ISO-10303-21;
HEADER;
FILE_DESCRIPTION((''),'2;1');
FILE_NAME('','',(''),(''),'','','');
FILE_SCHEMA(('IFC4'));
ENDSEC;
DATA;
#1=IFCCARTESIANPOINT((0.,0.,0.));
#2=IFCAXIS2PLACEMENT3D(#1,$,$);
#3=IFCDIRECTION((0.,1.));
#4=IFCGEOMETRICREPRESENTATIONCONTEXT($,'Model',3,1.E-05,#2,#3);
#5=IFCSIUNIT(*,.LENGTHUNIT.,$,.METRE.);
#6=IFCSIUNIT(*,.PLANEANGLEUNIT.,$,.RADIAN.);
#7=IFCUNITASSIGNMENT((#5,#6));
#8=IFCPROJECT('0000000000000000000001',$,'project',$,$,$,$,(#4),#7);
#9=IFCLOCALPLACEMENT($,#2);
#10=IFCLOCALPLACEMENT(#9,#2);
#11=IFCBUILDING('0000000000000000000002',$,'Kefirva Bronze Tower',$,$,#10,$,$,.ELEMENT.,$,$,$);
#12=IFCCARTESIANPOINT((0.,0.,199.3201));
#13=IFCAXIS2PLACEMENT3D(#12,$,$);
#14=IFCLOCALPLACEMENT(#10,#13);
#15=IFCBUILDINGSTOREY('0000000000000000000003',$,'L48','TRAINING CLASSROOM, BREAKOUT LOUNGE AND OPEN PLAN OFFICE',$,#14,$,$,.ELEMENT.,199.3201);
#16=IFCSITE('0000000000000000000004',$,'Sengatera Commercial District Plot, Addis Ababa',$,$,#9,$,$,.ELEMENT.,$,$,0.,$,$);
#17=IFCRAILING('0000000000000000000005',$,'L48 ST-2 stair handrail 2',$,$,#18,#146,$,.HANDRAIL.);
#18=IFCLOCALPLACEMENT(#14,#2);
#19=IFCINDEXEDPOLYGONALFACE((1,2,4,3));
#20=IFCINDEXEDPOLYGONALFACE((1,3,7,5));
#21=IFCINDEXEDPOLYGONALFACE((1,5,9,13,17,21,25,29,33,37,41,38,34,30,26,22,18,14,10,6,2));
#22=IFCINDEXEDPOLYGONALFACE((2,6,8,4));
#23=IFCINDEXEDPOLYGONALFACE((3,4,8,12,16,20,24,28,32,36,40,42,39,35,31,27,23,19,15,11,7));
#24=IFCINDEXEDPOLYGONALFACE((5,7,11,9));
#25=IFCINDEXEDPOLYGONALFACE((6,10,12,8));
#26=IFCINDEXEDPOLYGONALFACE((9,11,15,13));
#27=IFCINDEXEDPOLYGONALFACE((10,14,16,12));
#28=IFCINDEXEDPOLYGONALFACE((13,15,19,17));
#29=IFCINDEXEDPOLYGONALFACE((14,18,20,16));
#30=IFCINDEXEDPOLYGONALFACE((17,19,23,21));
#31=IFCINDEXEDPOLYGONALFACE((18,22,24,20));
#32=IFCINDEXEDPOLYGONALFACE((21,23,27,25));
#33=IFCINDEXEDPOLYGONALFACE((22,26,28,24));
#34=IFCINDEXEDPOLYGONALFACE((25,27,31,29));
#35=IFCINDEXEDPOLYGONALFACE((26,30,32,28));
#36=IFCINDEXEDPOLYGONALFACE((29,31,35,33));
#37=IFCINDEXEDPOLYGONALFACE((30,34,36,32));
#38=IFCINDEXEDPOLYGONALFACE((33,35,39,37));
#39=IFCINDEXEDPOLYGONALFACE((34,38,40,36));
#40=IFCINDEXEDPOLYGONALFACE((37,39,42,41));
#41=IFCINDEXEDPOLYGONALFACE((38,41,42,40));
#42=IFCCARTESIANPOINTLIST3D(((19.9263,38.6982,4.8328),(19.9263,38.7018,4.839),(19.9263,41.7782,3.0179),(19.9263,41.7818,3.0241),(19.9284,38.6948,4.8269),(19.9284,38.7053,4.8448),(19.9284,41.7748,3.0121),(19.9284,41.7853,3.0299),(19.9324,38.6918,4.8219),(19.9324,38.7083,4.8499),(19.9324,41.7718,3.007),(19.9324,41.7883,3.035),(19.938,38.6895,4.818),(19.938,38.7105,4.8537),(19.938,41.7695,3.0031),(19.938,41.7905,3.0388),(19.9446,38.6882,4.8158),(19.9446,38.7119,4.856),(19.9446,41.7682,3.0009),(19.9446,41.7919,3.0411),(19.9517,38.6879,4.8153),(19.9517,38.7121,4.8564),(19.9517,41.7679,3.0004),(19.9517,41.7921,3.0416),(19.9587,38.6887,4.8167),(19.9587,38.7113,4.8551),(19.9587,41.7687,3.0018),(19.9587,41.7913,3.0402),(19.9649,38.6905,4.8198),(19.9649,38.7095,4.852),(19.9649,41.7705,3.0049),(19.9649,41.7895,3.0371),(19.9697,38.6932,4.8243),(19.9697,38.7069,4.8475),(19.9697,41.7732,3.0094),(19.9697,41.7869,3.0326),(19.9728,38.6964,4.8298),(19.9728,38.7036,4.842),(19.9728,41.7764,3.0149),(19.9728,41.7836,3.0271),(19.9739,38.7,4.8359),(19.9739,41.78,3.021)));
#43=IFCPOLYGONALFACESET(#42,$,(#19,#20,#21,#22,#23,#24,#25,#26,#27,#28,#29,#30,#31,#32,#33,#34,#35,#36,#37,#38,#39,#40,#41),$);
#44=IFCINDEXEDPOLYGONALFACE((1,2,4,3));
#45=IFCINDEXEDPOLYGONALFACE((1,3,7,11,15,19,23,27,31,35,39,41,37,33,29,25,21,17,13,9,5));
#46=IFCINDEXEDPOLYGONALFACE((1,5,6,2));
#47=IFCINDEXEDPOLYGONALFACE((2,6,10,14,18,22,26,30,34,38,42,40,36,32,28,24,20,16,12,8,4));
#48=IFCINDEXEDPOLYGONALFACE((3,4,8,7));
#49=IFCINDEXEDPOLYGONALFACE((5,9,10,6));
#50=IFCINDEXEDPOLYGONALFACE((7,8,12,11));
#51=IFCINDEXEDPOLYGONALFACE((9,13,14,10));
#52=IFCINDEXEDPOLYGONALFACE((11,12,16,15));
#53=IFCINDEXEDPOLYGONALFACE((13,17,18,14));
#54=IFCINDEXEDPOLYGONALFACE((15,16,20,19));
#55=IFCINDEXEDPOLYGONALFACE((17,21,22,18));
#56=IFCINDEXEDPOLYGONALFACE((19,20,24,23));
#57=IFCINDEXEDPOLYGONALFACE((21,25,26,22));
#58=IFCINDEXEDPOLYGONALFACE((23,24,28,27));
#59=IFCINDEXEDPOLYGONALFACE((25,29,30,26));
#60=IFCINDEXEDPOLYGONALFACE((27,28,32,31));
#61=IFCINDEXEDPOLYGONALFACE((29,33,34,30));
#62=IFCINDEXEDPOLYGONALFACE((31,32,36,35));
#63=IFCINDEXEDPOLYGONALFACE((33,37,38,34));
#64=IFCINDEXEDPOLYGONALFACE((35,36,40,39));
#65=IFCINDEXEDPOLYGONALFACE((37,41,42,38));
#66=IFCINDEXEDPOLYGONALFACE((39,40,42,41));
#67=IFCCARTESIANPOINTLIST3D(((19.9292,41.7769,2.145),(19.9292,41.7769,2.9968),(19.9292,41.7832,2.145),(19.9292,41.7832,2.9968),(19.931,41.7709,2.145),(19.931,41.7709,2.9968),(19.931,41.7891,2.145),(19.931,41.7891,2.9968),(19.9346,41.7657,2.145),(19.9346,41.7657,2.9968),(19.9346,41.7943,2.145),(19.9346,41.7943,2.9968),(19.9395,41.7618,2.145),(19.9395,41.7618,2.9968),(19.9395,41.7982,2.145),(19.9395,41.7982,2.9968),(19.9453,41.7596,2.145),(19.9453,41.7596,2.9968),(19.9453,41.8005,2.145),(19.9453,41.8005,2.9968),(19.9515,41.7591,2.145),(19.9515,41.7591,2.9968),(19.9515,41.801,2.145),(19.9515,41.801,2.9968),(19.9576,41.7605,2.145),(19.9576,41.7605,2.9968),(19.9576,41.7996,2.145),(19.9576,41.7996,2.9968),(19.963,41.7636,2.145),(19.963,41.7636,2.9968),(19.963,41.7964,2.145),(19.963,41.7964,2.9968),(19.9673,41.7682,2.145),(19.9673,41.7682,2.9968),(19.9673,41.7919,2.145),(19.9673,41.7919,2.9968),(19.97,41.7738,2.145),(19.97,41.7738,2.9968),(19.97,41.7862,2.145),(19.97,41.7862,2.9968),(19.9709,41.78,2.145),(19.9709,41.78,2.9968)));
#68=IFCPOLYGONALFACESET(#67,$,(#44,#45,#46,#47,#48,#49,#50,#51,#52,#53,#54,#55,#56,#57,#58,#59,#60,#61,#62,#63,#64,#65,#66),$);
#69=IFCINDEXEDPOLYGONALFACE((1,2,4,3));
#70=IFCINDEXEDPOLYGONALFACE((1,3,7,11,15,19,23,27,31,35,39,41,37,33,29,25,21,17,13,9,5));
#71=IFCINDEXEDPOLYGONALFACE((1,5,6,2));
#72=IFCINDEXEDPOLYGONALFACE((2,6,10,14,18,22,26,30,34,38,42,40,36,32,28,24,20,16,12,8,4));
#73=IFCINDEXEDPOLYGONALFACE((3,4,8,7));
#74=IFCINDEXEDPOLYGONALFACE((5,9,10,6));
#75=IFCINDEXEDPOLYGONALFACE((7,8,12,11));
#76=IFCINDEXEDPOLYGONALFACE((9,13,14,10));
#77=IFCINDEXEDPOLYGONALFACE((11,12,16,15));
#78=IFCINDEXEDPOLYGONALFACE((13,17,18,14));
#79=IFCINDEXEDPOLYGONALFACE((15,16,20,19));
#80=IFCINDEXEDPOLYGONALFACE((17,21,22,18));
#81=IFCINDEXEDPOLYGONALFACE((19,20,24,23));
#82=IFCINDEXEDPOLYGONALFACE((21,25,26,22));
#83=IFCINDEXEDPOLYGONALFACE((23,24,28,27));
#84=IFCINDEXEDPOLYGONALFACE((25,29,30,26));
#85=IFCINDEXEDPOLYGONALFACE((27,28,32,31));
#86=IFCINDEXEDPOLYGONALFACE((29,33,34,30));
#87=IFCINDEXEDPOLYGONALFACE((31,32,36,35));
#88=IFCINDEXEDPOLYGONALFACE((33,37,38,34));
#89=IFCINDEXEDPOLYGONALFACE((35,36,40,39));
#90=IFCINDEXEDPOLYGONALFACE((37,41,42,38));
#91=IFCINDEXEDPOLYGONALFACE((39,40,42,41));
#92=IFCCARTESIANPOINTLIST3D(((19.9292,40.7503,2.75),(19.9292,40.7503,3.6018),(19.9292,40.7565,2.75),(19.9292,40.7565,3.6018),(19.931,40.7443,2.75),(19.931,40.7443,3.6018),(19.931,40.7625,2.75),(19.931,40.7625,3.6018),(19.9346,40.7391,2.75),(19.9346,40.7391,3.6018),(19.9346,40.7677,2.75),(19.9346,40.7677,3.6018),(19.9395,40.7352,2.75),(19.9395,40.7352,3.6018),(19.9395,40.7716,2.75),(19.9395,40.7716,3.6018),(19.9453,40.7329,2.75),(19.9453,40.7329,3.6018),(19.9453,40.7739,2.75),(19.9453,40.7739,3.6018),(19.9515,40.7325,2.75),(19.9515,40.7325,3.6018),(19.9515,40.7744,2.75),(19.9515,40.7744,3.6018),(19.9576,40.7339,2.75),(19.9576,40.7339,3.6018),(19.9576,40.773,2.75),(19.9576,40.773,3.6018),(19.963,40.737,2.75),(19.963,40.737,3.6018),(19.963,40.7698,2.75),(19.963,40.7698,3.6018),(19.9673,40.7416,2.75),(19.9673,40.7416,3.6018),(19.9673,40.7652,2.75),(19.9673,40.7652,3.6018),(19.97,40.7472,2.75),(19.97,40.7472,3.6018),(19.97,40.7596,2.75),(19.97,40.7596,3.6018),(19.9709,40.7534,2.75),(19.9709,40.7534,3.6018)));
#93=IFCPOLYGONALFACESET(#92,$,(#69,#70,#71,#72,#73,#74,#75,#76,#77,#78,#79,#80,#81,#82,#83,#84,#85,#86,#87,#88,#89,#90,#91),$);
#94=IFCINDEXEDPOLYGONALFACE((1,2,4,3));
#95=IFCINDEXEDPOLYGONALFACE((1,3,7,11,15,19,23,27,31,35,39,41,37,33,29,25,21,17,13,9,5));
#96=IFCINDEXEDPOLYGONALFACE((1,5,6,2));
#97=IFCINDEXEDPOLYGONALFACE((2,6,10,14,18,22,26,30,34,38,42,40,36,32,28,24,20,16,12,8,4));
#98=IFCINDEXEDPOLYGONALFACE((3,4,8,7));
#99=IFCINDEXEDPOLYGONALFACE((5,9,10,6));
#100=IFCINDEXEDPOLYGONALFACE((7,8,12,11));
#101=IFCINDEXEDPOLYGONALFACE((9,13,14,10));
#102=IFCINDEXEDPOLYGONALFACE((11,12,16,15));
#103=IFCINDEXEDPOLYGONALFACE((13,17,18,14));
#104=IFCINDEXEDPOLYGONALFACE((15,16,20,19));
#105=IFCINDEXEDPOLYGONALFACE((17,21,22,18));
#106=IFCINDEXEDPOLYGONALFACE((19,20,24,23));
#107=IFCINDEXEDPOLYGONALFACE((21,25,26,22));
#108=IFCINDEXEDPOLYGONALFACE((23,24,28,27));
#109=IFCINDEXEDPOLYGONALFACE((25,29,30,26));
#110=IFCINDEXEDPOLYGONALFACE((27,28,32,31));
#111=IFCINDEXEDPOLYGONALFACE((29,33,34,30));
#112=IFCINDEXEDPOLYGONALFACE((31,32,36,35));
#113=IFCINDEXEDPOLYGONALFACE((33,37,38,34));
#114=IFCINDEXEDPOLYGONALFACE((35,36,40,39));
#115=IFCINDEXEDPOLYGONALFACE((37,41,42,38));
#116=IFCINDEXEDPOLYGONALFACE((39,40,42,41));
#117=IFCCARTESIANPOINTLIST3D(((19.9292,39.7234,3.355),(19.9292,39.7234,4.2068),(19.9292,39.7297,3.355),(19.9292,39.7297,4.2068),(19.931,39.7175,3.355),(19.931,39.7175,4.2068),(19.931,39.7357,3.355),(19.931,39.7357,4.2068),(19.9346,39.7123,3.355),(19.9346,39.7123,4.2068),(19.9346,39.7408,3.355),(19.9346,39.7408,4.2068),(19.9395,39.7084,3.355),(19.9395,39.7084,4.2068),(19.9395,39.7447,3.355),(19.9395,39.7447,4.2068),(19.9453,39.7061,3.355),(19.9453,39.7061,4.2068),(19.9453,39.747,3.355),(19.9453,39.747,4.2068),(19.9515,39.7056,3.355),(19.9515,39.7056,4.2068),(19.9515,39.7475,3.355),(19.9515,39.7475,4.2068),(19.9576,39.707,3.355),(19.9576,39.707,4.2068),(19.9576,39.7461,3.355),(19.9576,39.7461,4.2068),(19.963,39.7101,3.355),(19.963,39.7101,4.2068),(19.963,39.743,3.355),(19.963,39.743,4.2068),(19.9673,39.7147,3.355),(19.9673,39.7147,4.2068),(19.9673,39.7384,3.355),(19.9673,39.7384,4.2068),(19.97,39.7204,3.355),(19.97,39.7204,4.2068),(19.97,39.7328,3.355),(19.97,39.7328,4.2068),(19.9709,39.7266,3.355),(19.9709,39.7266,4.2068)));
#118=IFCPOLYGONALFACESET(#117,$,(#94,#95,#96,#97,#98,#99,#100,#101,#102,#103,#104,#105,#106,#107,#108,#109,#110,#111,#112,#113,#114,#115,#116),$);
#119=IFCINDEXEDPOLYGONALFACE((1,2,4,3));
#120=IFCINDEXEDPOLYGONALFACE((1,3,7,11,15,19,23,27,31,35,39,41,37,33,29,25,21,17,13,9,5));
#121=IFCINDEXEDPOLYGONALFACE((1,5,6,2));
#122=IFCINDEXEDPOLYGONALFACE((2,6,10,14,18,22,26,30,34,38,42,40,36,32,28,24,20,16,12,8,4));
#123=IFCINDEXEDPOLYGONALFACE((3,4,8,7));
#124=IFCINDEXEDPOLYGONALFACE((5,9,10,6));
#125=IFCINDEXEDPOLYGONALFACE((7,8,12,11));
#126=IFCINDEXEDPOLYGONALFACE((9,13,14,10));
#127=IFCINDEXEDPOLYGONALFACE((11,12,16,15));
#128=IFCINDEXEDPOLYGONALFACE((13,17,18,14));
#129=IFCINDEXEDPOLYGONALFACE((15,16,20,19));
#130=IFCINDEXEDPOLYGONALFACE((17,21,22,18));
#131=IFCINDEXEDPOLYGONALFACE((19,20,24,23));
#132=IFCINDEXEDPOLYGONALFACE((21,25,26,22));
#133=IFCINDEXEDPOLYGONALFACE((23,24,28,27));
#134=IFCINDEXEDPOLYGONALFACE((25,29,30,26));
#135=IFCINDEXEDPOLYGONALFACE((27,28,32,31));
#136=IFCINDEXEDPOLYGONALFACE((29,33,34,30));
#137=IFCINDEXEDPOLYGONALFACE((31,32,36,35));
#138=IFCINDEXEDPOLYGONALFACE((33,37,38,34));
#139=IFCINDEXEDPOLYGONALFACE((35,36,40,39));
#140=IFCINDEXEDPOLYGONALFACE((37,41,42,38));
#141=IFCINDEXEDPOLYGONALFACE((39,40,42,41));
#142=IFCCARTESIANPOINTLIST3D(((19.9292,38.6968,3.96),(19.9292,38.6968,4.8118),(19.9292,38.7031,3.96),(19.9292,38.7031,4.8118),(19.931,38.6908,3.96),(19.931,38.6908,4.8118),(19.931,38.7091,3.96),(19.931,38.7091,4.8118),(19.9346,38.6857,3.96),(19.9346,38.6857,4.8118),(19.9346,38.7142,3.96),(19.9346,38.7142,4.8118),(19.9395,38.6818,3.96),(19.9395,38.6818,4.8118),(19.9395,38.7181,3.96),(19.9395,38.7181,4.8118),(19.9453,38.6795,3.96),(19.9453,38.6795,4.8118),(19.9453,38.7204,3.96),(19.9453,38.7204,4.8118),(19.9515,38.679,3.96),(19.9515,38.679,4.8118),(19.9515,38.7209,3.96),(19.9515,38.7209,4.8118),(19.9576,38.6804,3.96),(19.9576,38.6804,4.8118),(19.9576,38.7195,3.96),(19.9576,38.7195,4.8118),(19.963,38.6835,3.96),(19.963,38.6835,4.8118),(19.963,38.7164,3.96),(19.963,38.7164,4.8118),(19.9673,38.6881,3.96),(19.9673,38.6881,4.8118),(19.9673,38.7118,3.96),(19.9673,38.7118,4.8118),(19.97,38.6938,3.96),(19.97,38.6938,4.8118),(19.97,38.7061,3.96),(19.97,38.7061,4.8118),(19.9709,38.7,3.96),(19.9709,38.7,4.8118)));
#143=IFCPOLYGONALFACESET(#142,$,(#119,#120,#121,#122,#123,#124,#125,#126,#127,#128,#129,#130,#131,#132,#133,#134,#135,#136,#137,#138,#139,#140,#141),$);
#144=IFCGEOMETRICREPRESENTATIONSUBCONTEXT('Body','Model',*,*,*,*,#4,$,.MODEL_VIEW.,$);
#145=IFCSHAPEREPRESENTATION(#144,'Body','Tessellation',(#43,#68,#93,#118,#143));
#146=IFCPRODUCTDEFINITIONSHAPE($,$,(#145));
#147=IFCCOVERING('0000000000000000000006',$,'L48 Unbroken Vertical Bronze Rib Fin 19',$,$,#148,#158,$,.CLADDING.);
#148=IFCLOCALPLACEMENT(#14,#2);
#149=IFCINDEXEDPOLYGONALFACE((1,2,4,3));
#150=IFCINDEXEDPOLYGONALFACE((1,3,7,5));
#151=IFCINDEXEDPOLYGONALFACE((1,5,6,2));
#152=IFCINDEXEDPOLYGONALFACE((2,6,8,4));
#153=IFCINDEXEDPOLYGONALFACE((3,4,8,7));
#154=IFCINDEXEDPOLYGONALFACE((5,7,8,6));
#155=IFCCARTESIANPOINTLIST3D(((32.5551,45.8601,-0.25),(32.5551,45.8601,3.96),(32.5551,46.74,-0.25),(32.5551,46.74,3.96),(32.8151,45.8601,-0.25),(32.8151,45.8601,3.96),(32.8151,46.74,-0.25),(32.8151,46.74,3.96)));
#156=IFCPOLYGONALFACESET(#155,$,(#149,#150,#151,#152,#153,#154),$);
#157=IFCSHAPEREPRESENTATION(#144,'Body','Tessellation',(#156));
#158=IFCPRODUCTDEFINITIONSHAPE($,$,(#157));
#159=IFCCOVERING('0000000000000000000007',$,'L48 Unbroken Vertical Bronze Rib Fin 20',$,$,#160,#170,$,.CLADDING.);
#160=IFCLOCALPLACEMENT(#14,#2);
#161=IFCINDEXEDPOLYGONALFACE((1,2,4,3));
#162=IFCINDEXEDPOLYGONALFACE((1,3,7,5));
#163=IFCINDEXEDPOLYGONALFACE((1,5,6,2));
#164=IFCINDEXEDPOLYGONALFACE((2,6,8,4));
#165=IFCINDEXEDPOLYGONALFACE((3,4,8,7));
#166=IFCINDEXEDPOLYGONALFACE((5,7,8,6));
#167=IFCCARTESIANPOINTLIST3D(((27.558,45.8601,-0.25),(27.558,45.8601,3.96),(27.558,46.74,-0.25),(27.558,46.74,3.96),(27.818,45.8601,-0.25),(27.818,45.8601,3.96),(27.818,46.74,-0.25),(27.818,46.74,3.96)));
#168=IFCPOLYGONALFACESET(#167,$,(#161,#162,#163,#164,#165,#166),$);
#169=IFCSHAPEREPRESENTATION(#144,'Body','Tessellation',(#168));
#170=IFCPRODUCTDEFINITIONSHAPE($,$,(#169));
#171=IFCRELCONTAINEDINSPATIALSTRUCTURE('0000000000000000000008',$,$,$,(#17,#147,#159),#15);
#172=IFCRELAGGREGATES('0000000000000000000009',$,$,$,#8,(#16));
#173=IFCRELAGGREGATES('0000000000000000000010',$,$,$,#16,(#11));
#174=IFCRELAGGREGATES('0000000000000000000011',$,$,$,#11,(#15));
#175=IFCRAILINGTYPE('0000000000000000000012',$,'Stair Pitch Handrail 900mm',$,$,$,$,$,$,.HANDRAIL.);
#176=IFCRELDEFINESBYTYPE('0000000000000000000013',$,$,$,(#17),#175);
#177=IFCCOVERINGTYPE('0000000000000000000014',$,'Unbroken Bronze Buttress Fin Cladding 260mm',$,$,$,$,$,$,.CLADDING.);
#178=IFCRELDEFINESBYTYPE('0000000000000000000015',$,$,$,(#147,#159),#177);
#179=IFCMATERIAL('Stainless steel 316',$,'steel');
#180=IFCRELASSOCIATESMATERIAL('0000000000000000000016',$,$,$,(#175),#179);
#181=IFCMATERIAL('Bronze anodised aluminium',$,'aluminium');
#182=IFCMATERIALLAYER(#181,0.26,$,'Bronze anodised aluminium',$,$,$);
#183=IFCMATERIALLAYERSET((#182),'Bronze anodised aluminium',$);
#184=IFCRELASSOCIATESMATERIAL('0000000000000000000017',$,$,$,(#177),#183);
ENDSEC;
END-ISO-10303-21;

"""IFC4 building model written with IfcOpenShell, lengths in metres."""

from ifc_helpers import new_model, si_unit, direction, frame, origin, origin_2d, place, context, subcontext, project, spatial, rectangle, circle, extrude, material, layer, layer_set, type_object, element, save


model = new_model("IFC4")

# Units and contexts
model_context = context("Model", 3, precision=1e-05, world=origin(), true_north=direction((0.0, 1.0)))
body_context = subcontext(model_context, "Body", "Model", "MODEL_VIEW")
ifc_project = project(units=[si_unit("LENGTHUNIT", "METRE"), si_unit("PLANEANGLEUNIT", "RADIAN")], contexts=[model_context])

# Site, building, storey
site_placement = place(None, origin())
site = spatial("IfcSite", under=ifc_project, at=site_placement, Name="Sengatera Commercial District Plot, Addis Ababa", CompositionType="ELEMENT", RefElevation=0.0)
building_placement = place(site_placement, origin())
building = spatial("IfcBuilding", under=site, at=building_placement, Name="Kefirva Bronze Tower", CompositionType="ELEMENT")
storey_placement = place(building_placement, frame((0.0, 0.0, 199.3201)))
storey = spatial("IfcBuildingStorey", under=building, at=storey_placement, Name="L48", Description="TRAINING CLASSROOM, BREAKOUT LOUNGE AND OPEN PLAN OFFICE", CompositionType="ELEMENT", Elevation=199.3201)

# Shared definitions
ifc_material_1 = material(Name="Bronze anodised aluminium", Category="aluminium")

# Railing
ifc_material_2 = material(Name="Stainless steel 316", Category="steel")
railing_type_1 = type_object("IfcRailingType", Name="Stair Pitch Handrail 900mm", PredefinedType="HANDRAIL", material=ifc_material_2)
railing_1_placement = place(storey_placement, frame((19.95, 41.78, 2.145)))
element("IfcRailing", 1, at=railing_1_placement, inside=storey, type_object=railing_type_1, Name="L48 ST-2 stair handrail 2", PredefinedType="HANDRAIL", context=body_context, shape_type="SweptSolid", body=[
    extrude(circle(Radius=0.0239, at=origin_2d()), frame((0.0, 0.0, 0.876), z_axis=(0.0, -0.861551, 0.507671), x_axis=(1.0, 0.0, 0.0)), (0.0, 0.0, 1.0), 3.575),
    extrude(circle(Radius=0.021, at=origin_2d()), origin(), (0.0, 0.0, 1.0), 0.8518),
    extrude(circle(Radius=0.021, at=origin_2d()), frame((0.0, -1.0266, 0.605)), (0.0, 0.0, 1.0), 0.8518),
    extrude(circle(Radius=0.021, at=origin_2d()), frame((0.0, -2.0535, 1.21)), (0.0, 0.0, 1.0), 0.8518),
    extrude(circle(Radius=0.021, at=origin_2d()), frame((0.0, -3.0801, 1.8149)), (0.0, 0.0, 1.0), 0.8518),
])

# Coverings
ifc_layer_1 = layer(ifc_material_1, 0.26, Name="Bronze anodised aluminium")
ifc_layer_set_1 = layer_set([ifc_layer_1], Name="Bronze anodised aluminium")
covering_type_1 = type_object("IfcCoveringType", Name="Unbroken Bronze Buttress Fin Cladding 260mm", PredefinedType="CLADDING", material=ifc_layer_set_1)
for number, where, z_axis, x_axis, name in (
    (2, (32.6851, 46.3, -0.25), (0.0, 0.0, 1.0), (-1.0, 0.0, 0.0), "L48 Unbroken Vertical Bronze Rib Fin 19"),
    (3, (27.688, 46.3, -0.25), (0.0, 0.0, 1.0), (-1.0, 0.0, 0.0), "L48 Unbroken Vertical Bronze Rib Fin 20"),
):
    element("IfcCovering", number, at=place(storey_placement, frame(where, z_axis=z_axis, x_axis=x_axis)), inside=storey, type_object=covering_type_1, Name=name, PredefinedType="CLADDING", context=body_context, shape_type="SweptSolid", body=[
        extrude(rectangle(XDim=0.26, YDim=0.8799, at=origin_2d()), origin(), (0.0, 0.0, 1.0), 4.21),
    ])

save(model, "model.ifc")
